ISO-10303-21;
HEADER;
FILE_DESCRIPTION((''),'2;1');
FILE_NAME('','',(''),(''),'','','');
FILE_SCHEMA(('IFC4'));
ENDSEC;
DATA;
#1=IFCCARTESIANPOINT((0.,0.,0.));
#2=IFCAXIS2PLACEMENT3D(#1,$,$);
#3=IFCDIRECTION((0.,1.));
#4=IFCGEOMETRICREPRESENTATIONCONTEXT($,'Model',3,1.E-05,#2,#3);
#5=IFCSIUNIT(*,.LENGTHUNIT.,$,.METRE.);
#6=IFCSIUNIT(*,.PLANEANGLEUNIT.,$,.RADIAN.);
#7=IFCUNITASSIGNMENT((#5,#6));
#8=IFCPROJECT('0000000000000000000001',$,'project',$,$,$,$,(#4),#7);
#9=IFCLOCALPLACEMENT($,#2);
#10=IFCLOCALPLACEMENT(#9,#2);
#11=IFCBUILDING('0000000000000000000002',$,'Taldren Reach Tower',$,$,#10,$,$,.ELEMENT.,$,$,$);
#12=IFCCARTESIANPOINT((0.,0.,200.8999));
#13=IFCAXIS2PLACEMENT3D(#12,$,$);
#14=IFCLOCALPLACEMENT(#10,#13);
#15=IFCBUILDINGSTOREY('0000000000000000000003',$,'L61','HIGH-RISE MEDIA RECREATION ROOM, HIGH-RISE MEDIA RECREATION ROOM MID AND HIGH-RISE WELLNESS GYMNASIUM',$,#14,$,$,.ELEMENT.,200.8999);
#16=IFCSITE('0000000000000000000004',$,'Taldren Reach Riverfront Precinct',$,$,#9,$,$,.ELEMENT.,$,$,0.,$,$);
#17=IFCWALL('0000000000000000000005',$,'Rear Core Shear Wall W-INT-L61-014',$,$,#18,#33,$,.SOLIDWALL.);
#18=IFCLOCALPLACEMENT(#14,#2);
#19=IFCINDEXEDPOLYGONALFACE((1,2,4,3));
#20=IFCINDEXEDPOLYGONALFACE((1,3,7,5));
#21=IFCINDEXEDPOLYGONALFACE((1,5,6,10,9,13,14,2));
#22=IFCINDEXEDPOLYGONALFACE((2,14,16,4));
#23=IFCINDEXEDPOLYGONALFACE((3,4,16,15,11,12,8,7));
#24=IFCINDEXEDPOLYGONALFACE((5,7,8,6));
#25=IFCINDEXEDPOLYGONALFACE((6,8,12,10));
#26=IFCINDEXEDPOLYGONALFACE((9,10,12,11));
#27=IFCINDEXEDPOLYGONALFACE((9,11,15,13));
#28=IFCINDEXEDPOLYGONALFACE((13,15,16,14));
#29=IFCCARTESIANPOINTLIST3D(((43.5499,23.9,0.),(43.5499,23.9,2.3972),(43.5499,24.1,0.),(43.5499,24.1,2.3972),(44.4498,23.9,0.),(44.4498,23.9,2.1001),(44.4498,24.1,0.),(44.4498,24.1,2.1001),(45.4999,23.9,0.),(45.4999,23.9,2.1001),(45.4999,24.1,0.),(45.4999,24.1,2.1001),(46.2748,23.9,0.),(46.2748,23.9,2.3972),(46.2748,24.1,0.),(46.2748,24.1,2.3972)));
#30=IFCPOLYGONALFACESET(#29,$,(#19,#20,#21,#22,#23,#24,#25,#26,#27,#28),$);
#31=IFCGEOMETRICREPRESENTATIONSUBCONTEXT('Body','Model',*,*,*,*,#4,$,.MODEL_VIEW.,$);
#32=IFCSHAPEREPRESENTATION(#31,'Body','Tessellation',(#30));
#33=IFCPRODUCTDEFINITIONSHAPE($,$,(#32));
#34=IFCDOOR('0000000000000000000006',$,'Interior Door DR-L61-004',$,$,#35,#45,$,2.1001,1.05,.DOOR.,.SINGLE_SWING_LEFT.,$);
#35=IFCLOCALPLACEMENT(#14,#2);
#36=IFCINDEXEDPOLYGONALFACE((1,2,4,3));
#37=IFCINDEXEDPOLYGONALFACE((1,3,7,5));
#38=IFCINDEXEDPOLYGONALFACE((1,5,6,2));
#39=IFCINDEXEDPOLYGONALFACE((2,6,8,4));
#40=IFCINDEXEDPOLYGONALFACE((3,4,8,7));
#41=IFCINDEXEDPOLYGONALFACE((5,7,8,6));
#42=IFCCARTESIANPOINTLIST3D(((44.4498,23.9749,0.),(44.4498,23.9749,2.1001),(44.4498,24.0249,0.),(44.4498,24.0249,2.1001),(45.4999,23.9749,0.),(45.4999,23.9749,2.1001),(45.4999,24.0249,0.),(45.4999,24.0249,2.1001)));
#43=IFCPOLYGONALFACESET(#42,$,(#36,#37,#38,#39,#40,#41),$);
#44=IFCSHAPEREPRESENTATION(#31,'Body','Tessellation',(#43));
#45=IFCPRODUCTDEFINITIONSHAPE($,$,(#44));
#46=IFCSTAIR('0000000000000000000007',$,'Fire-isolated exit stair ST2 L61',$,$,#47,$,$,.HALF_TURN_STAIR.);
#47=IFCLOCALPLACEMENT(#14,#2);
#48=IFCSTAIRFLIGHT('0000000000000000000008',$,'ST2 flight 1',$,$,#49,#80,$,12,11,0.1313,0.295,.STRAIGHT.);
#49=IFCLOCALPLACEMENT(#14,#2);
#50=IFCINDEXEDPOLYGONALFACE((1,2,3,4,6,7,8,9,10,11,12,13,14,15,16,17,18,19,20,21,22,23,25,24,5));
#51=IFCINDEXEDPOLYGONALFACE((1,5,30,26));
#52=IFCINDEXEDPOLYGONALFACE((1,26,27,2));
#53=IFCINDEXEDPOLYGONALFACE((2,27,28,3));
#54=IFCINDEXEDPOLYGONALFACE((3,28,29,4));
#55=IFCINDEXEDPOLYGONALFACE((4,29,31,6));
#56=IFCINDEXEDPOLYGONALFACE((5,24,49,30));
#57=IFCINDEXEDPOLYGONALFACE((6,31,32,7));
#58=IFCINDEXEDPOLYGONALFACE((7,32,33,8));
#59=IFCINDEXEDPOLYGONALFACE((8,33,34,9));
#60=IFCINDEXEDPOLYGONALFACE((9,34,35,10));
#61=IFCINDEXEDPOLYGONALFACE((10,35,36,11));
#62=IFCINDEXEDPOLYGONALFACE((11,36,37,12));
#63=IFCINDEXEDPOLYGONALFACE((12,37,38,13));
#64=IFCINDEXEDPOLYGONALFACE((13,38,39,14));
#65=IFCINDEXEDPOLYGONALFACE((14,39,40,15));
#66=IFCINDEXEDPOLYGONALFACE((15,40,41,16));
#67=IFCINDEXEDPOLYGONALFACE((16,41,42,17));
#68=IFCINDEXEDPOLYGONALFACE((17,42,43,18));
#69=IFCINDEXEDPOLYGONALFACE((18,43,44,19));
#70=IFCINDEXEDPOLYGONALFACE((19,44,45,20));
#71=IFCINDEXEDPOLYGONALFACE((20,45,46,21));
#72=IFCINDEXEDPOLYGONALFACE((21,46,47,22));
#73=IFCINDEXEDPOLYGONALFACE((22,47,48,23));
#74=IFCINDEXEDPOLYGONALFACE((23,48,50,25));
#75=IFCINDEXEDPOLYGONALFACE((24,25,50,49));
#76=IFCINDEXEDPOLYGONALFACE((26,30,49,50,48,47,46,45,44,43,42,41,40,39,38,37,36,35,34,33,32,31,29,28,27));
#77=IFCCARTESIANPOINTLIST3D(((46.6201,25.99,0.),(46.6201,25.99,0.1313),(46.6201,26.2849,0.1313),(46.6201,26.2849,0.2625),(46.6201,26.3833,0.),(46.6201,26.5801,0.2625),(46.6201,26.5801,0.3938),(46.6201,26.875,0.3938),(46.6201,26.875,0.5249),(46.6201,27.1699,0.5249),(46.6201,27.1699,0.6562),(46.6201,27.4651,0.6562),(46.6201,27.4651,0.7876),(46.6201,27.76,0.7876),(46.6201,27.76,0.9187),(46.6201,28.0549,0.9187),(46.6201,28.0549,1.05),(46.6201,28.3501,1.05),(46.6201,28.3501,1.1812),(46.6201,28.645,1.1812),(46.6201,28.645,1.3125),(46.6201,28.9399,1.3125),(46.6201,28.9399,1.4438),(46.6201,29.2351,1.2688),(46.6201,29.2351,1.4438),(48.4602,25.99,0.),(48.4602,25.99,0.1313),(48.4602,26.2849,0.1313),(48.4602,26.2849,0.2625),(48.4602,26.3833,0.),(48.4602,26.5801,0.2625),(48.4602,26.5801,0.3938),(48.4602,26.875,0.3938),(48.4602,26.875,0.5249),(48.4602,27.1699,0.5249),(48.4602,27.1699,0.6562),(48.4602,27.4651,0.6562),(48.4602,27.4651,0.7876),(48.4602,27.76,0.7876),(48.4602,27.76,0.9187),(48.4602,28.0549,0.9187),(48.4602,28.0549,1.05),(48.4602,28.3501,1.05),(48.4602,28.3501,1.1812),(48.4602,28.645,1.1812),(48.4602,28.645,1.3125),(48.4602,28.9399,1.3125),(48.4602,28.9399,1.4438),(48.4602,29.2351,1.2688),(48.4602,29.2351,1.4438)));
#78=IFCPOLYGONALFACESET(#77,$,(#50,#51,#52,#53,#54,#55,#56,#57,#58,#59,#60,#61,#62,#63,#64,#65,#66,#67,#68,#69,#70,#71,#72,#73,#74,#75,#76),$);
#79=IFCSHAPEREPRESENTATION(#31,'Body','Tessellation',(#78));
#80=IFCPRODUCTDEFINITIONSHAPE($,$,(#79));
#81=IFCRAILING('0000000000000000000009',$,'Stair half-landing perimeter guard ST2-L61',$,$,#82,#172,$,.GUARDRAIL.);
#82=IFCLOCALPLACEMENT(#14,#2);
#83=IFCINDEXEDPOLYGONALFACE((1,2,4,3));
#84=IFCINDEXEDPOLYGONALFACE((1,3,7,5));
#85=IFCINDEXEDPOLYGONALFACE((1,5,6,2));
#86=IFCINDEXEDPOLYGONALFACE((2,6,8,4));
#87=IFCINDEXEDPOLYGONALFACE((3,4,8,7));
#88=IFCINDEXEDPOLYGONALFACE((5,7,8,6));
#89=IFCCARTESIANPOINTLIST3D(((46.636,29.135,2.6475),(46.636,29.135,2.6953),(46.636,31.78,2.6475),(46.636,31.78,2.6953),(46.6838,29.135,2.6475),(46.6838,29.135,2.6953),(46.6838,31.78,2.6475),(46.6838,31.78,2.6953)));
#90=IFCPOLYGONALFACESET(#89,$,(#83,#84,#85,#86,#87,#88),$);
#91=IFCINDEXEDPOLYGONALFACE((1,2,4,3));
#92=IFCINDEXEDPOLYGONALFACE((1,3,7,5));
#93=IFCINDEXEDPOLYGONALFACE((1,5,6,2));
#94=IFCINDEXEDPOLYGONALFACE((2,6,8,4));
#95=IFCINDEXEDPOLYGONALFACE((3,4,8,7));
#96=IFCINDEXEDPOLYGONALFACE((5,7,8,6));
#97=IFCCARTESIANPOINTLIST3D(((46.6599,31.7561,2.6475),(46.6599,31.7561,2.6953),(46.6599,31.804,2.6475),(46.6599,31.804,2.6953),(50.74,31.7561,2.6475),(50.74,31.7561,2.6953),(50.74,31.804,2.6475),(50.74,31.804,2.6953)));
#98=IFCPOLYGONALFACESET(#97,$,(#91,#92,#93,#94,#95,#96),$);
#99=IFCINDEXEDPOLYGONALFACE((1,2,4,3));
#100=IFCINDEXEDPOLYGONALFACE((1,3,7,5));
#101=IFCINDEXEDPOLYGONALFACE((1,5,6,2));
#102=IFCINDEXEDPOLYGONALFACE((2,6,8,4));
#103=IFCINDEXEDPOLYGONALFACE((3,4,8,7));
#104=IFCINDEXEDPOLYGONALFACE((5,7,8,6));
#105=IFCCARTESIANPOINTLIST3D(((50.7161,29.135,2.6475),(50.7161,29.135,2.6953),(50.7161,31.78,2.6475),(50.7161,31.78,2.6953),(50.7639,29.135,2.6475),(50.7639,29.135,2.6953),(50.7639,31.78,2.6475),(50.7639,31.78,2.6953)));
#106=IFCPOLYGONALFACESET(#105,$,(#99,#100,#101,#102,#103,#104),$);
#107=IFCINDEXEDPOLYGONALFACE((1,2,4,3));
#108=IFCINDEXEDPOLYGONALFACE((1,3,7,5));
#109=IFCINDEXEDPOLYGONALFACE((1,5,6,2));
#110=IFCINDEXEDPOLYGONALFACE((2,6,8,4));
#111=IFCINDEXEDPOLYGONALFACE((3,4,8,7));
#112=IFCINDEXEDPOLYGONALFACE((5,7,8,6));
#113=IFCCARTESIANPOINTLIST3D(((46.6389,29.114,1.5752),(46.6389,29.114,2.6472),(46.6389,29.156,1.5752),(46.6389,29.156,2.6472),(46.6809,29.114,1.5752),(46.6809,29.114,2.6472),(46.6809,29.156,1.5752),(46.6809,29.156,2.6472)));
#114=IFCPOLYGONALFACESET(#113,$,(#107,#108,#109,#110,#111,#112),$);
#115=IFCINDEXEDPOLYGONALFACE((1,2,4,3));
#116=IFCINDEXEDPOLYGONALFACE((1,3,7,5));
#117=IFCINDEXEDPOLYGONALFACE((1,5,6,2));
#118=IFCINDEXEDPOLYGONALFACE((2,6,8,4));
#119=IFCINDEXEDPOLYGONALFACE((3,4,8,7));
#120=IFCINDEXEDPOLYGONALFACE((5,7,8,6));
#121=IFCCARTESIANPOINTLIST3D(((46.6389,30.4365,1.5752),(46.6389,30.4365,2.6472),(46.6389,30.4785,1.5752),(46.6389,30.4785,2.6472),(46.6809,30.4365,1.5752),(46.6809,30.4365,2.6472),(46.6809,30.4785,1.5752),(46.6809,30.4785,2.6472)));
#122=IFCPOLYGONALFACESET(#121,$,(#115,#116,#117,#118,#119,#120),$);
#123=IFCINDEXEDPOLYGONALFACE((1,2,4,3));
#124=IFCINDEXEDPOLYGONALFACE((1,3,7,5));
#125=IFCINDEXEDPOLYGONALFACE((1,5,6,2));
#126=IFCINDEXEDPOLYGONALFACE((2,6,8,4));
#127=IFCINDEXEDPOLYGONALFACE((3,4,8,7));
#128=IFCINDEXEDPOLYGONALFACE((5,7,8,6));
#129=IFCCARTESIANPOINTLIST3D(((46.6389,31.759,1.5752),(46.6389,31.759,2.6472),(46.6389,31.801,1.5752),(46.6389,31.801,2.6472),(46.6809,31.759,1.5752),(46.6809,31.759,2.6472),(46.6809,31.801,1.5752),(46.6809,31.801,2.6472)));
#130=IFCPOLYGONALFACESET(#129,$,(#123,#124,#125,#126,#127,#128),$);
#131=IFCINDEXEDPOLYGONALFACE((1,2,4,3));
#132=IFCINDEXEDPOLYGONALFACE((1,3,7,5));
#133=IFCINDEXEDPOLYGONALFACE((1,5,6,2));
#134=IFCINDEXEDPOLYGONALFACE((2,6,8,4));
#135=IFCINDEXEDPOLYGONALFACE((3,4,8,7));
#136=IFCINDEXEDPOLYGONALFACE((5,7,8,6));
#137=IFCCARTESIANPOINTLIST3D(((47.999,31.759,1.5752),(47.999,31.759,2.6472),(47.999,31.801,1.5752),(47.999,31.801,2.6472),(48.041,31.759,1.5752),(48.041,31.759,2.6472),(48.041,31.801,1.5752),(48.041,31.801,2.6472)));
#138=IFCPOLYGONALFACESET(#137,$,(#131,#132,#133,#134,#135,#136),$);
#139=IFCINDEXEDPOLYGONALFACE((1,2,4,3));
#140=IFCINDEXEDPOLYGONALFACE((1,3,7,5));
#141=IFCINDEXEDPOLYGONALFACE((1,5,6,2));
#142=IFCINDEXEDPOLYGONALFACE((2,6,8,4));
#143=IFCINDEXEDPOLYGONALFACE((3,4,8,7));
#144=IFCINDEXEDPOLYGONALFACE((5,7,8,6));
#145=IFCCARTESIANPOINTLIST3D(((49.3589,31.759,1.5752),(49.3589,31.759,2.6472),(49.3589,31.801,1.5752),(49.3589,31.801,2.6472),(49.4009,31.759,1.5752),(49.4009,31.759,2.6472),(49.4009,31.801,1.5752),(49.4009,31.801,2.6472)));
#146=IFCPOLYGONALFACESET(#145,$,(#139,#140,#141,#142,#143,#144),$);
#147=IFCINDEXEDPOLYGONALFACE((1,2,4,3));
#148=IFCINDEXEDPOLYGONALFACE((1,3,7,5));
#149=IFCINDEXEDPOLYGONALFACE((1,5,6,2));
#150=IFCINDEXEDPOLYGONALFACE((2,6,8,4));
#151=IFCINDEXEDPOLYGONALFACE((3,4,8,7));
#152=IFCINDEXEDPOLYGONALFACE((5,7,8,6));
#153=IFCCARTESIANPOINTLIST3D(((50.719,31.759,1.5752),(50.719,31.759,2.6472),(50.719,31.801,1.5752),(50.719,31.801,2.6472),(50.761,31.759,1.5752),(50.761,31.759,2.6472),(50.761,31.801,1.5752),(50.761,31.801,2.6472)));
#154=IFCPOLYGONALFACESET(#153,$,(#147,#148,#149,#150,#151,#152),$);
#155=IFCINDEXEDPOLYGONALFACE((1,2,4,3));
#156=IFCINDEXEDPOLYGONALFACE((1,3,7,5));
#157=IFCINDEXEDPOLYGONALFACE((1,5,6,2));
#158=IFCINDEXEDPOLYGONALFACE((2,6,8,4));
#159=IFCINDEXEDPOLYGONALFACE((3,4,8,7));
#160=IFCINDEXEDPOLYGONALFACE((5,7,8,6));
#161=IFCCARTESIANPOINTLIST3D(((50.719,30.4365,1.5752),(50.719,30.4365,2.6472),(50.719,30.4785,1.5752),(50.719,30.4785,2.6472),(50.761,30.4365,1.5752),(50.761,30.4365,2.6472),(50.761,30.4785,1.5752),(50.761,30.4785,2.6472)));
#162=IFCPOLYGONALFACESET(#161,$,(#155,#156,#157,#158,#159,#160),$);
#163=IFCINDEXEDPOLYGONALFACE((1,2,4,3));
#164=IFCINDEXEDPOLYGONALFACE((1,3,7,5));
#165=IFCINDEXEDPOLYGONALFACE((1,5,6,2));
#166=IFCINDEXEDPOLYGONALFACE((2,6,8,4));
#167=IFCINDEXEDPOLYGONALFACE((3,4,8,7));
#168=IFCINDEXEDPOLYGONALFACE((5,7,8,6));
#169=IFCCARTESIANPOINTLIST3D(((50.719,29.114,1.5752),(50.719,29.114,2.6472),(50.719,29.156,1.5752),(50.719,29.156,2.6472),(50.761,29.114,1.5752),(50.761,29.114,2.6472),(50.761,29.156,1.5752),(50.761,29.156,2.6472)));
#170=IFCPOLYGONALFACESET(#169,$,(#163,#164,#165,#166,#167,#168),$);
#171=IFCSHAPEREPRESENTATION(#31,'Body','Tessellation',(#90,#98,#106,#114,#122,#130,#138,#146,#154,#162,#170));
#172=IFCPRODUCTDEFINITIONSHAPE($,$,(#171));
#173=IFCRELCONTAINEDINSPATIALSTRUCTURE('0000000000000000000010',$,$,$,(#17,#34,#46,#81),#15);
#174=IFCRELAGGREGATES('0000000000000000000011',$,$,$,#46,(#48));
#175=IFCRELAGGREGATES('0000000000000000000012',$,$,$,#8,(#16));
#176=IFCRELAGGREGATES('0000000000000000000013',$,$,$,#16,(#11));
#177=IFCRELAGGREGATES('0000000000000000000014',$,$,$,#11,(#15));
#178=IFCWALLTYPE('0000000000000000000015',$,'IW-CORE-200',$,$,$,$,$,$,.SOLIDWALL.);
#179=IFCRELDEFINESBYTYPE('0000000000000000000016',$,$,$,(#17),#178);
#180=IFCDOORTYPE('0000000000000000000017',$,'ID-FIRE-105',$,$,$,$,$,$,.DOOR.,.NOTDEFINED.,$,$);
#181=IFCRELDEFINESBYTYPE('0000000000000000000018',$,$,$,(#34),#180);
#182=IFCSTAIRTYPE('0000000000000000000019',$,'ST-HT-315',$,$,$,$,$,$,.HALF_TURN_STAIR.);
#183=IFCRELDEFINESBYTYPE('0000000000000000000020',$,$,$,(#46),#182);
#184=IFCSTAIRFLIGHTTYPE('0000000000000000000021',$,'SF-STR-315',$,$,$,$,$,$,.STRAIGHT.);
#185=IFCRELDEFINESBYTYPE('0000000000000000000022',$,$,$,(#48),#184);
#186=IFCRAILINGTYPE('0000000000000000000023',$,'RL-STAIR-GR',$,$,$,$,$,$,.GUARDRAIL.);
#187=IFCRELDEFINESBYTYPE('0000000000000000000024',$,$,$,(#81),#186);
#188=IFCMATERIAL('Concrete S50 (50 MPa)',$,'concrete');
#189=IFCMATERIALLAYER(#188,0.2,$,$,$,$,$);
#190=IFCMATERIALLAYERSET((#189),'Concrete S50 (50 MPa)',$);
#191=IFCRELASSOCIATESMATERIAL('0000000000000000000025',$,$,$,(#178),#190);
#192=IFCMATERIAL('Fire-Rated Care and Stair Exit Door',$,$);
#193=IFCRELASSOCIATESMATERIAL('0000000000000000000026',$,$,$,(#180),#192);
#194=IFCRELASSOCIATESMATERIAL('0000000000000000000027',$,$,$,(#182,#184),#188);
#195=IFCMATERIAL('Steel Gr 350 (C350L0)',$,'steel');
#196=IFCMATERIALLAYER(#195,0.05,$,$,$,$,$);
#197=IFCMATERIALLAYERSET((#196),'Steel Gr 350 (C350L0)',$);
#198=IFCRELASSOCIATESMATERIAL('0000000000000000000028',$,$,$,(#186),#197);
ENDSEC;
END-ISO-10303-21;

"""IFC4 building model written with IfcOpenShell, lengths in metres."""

from ifc_helpers import new_model, si_unit, direction, frame, frame_2d, origin, origin_2d, place, context, subcontext, project, spatial, polyline, rectangle, outline, extrude, source, transform, mapped, material, layer, layer_set, type_object, element, fill, aggregate, save


model = new_model("IFC4")

# Units and contexts
model_context = context("Model", 3, precision=1e-05, world=origin(), true_north=direction((0.0, 1.0)))
body_context = subcontext(model_context, "Body", "Model", "MODEL_VIEW")
ifc_project = project(units=[si_unit("LENGTHUNIT", "METRE"), si_unit("PLANEANGLEUNIT", "RADIAN")], contexts=[model_context])

# Site, building, storey
site_placement = place(None, origin())
site = spatial("IfcSite", under=ifc_project, at=site_placement, Name="Taldren Reach Riverfront Precinct", CompositionType="ELEMENT", RefElevation=0.0)
building_placement = place(site_placement, origin())
building = spatial("IfcBuilding", under=site, at=building_placement, Name="Taldren Reach Tower", CompositionType="ELEMENT")
storey_placement = place(building_placement, frame((0.0, 0.0, 200.8999)))
storey = spatial("IfcBuildingStorey", under=building, at=storey_placement, Name="L61", Description="HIGH-RISE MEDIA RECREATION ROOM, HIGH-RISE MEDIA RECREATION ROOM MID AND HIGH-RISE WELLNESS GYMNASIUM", CompositionType="ELEMENT", Elevation=200.8999)

# Shared definitions
ifc_material_1 = material(Name="Steel Gr 350 (C350L0)", Category="steel")

# Shared definitions
ifc_material_2 = material(Name="Concrete S50 (50 MPa)", Category="concrete")
ifc_layer_1 = layer(ifc_material_2, 0.2)
ifc_layer_set_1 = layer_set([ifc_layer_1], Name="Concrete S50 (50 MPa)")
wall_type_1 = type_object("IfcWallType", Name="IW-CORE-200", PredefinedType="SOLIDWALL", material=ifc_layer_set_1)
shared_shape_1 = source(origin(), body_context, "Body", "SweptSolid", [
    extrude(rectangle(XDim=1.05, YDim=2.1001, at=frame_2d((0.5249, 1.05))), frame((0.0, 0.1099, 0.0), z_axis=(0.0, -1.0, 0.0), x_axis=(1.0, 0.0, 0.0)), (0.0, 0.0, 1.0), 0.22),
])
ifc_material_3 = material(Name="Fire-Rated Care and Stair Exit Door")
door_type_1 = type_object("IfcDoorType", Name="ID-FIRE-105", OperationType="NOTDEFINED", PredefinedType="DOOR", material=ifc_material_3)
shared_shape_2 = source(origin(), body_context, "Body", "SweptSolid", [
    extrude(rectangle(XDim=1.05, YDim=2.1001, at=frame_2d((0.5249, 1.05))), frame((0.0, 0.0249, 0.0), z_axis=(0.0, -1.0, 0.0), x_axis=(1.0, 0.0, 0.0)), (0.0, 0.0, 1.0), 0.05),
])

# Wall, opening, door
shared_shape_3 = source(origin(), body_context, "Body", "SweptSolid", [
    extrude(rectangle(XDim=2.7249, YDim=0.2, at=frame_2d((1.3623, 0.0))), origin(), (0.0, 0.0, 1.0), 2.3972),
])
wall_1_placement = place(storey_placement, frame((43.55, 24.0, 0.0), z_axis=(0.0, 0.0, 1.0), x_axis=(1.0, 0.0, 0.0)))
wall_1 = element("IfcWall", 1, at=wall_1_placement, inside=storey, type_object=wall_type_1, Name="Rear Core Shear Wall W-INT-L61-014", PredefinedType="SOLIDWALL", context=body_context, shape_type="MappedRepresentation", body=[
    mapped(shared_shape_3, transform((0.0, 0.0, 0.0), scale=1.0)),
])
opening_1_placement = place(wall_1_placement, frame((0.8999, 0.0, 0.0)))
opening_1 = element("IfcOpeningElement", 2, at=opening_1_placement, cuts=wall_1, PredefinedType="OPENING", context=body_context, shape_type="MappedRepresentation", body=[
    mapped(shared_shape_1, transform((0.0, 0.0, 0.0), scale=1.0)),
])
door_1_placement = place(opening_1_placement, origin())
door_1 = element("IfcDoor", 3, at=door_1_placement, inside=storey, type_object=door_type_1, Name="Interior Door DR-L61-004", OperationType="SINGLE_SWING_LEFT", OverallHeight=2.1001, OverallWidth=1.05, PredefinedType="DOOR", context=body_context, shape_type="MappedRepresentation", body=[
    mapped(shared_shape_2, transform((0.0, 0.0, 0.0), scale=1.0)),
])
fill(opening_1, door_1)

# Stair, stair flight
stair_type = type_object("IfcStairType", Name="ST-HT-315", PredefinedType="HALF_TURN_STAIR", material=ifc_material_2)
stair_placement = place(storey_placement, origin())
stair = element("IfcStair", 4, at=stair_placement, inside=storey, type_object=stair_type, Name="Fire-isolated exit stair ST2 L61", PredefinedType="HALF_TURN_STAIR")
stair_flight_type = type_object("IfcStairFlightType", Name="SF-STR-315", PredefinedType="STRAIGHT", material=ifc_material_2)
stair_flight_placement = place(storey_placement, frame((47.54, 25.99, 0.0), z_axis=(0.0, 0.0, 1.0), x_axis=(0.0, 1.0, 0.0)))
stair_flight = element("IfcStairFlight", 5, at=stair_flight_placement, type_object=stair_flight_type, Name="ST2 flight 1", NumberOfRisers=12, NumberOfTreads=11, PredefinedType="STRAIGHT", RiserHeight=0.1313, TreadLength=0.295, context=body_context, shape_type="SweptSolid", body=[
    extrude(outline(polyline([(0.0, 0.0), (0.0, 0.1313), (0.2949, 0.1313), (0.2949, 0.2625), (0.5901, 0.2625), (0.5901, 0.3938), (0.885, 0.3938), (0.885, 0.5249), (1.1799, 0.5249), (1.1799, 0.6562), (1.4751, 0.6562), (1.4751, 0.7876), (1.77, 0.7876), (1.77, 0.9187), (2.0649, 0.9187), (2.0649, 1.05), (2.3601, 1.05), (2.3601, 1.1812), (2.655, 1.1812), (2.655, 1.3125), (2.95, 1.3125), (2.95, 1.4438), (3.2451, 1.4438), (3.2451, 1.575), (3.2451, 1.2688), (0.3933, 0.0), (0.0, 0.0)])), frame((0.0, 0.9199, 0.0), z_axis=(0.0, -1.0, 0.0), x_axis=(1.0, 0.0, 0.0)), (0.0, 0.0, 1.0), 1.8401),
])
aggregate(stair, [stair_flight])

# Railing
ifc_layer_2 = layer(ifc_material_1, 0.05)
ifc_layer_set_2 = layer_set([ifc_layer_2], Name="Steel Gr 350 (C350L0)")
railing_type_1 = type_object("IfcRailingType", Name="RL-STAIR-GR", PredefinedType="GUARDRAIL", material=ifc_layer_set_2)
railing_1_placement = place(storey_placement, frame((46.6599, 29.135, 1.5752)))
element("IfcRailing", 6, at=railing_1_placement, inside=storey, type_object=railing_type_1, Name="Stair half-landing perimeter guard ST2-L61", PredefinedType="GUARDRAIL", context=body_context, shape_type="SweptSolid", body=[
    extrude(rectangle(XDim=0.0479, YDim=0.0479, at=origin_2d()), frame((0.0, 0.0, 1.0962), z_axis=(0.0, 1.0, 0.0), x_axis=(-1.0, 0.0, 0.0)), (0.0, 0.0, 1.0), 2.645),
    extrude(rectangle(XDim=0.0479, YDim=0.0479, at=origin_2d()), frame((0.0, 2.645, 1.0962), z_axis=(1.0, 0.0, 0.0), x_axis=(0.0, 1.0, 0.0)), (0.0, 0.0, 1.0), 4.0801),
    extrude(rectangle(XDim=0.0479, YDim=0.0479, at=origin_2d()), frame((4.0801, 2.645, 1.0962), z_axis=(0.0, -1.0, 0.0), x_axis=(1.0, 0.0, 0.0)), (0.0, 0.0, 1.0), 2.645),
    extrude(rectangle(XDim=0.042, YDim=0.042, at=origin_2d()), origin(), (0.0, 0.0, 1.0), 1.072),
    extrude(rectangle(XDim=0.042, YDim=0.042, at=origin_2d()), frame((0.0, 1.3225, 0.0)), (0.0, 0.0, 1.0), 1.072),
    extrude(rectangle(XDim=0.042, YDim=0.042, at=origin_2d()), frame((0.0, 2.645, 0.0)), (0.0, 0.0, 1.0), 1.072),
    extrude(rectangle(XDim=0.042, YDim=0.042, at=origin_2d()), frame((1.3601, 2.645, 0.0)), (0.0, 0.0, 1.0), 1.072),
    extrude(rectangle(XDim=0.042, YDim=0.042, at=origin_2d()), frame((2.72, 2.645, 0.0)), (0.0, 0.0, 1.0), 1.072),
    extrude(rectangle(XDim=0.042, YDim=0.042, at=origin_2d()), frame((4.0801, 2.645, 0.0)), (0.0, 0.0, 1.0), 1.072),
    extrude(rectangle(XDim=0.042, YDim=0.042, at=origin_2d()), frame((4.0801, 1.3225, 0.0)), (0.0, 0.0, 1.0), 1.072),
    extrude(rectangle(XDim=0.042, YDim=0.042, at=origin_2d()), frame((4.0801, 0.0, 0.0)), (0.0, 0.0, 1.0), 1.072),
])

save(model, "model.ifc")
